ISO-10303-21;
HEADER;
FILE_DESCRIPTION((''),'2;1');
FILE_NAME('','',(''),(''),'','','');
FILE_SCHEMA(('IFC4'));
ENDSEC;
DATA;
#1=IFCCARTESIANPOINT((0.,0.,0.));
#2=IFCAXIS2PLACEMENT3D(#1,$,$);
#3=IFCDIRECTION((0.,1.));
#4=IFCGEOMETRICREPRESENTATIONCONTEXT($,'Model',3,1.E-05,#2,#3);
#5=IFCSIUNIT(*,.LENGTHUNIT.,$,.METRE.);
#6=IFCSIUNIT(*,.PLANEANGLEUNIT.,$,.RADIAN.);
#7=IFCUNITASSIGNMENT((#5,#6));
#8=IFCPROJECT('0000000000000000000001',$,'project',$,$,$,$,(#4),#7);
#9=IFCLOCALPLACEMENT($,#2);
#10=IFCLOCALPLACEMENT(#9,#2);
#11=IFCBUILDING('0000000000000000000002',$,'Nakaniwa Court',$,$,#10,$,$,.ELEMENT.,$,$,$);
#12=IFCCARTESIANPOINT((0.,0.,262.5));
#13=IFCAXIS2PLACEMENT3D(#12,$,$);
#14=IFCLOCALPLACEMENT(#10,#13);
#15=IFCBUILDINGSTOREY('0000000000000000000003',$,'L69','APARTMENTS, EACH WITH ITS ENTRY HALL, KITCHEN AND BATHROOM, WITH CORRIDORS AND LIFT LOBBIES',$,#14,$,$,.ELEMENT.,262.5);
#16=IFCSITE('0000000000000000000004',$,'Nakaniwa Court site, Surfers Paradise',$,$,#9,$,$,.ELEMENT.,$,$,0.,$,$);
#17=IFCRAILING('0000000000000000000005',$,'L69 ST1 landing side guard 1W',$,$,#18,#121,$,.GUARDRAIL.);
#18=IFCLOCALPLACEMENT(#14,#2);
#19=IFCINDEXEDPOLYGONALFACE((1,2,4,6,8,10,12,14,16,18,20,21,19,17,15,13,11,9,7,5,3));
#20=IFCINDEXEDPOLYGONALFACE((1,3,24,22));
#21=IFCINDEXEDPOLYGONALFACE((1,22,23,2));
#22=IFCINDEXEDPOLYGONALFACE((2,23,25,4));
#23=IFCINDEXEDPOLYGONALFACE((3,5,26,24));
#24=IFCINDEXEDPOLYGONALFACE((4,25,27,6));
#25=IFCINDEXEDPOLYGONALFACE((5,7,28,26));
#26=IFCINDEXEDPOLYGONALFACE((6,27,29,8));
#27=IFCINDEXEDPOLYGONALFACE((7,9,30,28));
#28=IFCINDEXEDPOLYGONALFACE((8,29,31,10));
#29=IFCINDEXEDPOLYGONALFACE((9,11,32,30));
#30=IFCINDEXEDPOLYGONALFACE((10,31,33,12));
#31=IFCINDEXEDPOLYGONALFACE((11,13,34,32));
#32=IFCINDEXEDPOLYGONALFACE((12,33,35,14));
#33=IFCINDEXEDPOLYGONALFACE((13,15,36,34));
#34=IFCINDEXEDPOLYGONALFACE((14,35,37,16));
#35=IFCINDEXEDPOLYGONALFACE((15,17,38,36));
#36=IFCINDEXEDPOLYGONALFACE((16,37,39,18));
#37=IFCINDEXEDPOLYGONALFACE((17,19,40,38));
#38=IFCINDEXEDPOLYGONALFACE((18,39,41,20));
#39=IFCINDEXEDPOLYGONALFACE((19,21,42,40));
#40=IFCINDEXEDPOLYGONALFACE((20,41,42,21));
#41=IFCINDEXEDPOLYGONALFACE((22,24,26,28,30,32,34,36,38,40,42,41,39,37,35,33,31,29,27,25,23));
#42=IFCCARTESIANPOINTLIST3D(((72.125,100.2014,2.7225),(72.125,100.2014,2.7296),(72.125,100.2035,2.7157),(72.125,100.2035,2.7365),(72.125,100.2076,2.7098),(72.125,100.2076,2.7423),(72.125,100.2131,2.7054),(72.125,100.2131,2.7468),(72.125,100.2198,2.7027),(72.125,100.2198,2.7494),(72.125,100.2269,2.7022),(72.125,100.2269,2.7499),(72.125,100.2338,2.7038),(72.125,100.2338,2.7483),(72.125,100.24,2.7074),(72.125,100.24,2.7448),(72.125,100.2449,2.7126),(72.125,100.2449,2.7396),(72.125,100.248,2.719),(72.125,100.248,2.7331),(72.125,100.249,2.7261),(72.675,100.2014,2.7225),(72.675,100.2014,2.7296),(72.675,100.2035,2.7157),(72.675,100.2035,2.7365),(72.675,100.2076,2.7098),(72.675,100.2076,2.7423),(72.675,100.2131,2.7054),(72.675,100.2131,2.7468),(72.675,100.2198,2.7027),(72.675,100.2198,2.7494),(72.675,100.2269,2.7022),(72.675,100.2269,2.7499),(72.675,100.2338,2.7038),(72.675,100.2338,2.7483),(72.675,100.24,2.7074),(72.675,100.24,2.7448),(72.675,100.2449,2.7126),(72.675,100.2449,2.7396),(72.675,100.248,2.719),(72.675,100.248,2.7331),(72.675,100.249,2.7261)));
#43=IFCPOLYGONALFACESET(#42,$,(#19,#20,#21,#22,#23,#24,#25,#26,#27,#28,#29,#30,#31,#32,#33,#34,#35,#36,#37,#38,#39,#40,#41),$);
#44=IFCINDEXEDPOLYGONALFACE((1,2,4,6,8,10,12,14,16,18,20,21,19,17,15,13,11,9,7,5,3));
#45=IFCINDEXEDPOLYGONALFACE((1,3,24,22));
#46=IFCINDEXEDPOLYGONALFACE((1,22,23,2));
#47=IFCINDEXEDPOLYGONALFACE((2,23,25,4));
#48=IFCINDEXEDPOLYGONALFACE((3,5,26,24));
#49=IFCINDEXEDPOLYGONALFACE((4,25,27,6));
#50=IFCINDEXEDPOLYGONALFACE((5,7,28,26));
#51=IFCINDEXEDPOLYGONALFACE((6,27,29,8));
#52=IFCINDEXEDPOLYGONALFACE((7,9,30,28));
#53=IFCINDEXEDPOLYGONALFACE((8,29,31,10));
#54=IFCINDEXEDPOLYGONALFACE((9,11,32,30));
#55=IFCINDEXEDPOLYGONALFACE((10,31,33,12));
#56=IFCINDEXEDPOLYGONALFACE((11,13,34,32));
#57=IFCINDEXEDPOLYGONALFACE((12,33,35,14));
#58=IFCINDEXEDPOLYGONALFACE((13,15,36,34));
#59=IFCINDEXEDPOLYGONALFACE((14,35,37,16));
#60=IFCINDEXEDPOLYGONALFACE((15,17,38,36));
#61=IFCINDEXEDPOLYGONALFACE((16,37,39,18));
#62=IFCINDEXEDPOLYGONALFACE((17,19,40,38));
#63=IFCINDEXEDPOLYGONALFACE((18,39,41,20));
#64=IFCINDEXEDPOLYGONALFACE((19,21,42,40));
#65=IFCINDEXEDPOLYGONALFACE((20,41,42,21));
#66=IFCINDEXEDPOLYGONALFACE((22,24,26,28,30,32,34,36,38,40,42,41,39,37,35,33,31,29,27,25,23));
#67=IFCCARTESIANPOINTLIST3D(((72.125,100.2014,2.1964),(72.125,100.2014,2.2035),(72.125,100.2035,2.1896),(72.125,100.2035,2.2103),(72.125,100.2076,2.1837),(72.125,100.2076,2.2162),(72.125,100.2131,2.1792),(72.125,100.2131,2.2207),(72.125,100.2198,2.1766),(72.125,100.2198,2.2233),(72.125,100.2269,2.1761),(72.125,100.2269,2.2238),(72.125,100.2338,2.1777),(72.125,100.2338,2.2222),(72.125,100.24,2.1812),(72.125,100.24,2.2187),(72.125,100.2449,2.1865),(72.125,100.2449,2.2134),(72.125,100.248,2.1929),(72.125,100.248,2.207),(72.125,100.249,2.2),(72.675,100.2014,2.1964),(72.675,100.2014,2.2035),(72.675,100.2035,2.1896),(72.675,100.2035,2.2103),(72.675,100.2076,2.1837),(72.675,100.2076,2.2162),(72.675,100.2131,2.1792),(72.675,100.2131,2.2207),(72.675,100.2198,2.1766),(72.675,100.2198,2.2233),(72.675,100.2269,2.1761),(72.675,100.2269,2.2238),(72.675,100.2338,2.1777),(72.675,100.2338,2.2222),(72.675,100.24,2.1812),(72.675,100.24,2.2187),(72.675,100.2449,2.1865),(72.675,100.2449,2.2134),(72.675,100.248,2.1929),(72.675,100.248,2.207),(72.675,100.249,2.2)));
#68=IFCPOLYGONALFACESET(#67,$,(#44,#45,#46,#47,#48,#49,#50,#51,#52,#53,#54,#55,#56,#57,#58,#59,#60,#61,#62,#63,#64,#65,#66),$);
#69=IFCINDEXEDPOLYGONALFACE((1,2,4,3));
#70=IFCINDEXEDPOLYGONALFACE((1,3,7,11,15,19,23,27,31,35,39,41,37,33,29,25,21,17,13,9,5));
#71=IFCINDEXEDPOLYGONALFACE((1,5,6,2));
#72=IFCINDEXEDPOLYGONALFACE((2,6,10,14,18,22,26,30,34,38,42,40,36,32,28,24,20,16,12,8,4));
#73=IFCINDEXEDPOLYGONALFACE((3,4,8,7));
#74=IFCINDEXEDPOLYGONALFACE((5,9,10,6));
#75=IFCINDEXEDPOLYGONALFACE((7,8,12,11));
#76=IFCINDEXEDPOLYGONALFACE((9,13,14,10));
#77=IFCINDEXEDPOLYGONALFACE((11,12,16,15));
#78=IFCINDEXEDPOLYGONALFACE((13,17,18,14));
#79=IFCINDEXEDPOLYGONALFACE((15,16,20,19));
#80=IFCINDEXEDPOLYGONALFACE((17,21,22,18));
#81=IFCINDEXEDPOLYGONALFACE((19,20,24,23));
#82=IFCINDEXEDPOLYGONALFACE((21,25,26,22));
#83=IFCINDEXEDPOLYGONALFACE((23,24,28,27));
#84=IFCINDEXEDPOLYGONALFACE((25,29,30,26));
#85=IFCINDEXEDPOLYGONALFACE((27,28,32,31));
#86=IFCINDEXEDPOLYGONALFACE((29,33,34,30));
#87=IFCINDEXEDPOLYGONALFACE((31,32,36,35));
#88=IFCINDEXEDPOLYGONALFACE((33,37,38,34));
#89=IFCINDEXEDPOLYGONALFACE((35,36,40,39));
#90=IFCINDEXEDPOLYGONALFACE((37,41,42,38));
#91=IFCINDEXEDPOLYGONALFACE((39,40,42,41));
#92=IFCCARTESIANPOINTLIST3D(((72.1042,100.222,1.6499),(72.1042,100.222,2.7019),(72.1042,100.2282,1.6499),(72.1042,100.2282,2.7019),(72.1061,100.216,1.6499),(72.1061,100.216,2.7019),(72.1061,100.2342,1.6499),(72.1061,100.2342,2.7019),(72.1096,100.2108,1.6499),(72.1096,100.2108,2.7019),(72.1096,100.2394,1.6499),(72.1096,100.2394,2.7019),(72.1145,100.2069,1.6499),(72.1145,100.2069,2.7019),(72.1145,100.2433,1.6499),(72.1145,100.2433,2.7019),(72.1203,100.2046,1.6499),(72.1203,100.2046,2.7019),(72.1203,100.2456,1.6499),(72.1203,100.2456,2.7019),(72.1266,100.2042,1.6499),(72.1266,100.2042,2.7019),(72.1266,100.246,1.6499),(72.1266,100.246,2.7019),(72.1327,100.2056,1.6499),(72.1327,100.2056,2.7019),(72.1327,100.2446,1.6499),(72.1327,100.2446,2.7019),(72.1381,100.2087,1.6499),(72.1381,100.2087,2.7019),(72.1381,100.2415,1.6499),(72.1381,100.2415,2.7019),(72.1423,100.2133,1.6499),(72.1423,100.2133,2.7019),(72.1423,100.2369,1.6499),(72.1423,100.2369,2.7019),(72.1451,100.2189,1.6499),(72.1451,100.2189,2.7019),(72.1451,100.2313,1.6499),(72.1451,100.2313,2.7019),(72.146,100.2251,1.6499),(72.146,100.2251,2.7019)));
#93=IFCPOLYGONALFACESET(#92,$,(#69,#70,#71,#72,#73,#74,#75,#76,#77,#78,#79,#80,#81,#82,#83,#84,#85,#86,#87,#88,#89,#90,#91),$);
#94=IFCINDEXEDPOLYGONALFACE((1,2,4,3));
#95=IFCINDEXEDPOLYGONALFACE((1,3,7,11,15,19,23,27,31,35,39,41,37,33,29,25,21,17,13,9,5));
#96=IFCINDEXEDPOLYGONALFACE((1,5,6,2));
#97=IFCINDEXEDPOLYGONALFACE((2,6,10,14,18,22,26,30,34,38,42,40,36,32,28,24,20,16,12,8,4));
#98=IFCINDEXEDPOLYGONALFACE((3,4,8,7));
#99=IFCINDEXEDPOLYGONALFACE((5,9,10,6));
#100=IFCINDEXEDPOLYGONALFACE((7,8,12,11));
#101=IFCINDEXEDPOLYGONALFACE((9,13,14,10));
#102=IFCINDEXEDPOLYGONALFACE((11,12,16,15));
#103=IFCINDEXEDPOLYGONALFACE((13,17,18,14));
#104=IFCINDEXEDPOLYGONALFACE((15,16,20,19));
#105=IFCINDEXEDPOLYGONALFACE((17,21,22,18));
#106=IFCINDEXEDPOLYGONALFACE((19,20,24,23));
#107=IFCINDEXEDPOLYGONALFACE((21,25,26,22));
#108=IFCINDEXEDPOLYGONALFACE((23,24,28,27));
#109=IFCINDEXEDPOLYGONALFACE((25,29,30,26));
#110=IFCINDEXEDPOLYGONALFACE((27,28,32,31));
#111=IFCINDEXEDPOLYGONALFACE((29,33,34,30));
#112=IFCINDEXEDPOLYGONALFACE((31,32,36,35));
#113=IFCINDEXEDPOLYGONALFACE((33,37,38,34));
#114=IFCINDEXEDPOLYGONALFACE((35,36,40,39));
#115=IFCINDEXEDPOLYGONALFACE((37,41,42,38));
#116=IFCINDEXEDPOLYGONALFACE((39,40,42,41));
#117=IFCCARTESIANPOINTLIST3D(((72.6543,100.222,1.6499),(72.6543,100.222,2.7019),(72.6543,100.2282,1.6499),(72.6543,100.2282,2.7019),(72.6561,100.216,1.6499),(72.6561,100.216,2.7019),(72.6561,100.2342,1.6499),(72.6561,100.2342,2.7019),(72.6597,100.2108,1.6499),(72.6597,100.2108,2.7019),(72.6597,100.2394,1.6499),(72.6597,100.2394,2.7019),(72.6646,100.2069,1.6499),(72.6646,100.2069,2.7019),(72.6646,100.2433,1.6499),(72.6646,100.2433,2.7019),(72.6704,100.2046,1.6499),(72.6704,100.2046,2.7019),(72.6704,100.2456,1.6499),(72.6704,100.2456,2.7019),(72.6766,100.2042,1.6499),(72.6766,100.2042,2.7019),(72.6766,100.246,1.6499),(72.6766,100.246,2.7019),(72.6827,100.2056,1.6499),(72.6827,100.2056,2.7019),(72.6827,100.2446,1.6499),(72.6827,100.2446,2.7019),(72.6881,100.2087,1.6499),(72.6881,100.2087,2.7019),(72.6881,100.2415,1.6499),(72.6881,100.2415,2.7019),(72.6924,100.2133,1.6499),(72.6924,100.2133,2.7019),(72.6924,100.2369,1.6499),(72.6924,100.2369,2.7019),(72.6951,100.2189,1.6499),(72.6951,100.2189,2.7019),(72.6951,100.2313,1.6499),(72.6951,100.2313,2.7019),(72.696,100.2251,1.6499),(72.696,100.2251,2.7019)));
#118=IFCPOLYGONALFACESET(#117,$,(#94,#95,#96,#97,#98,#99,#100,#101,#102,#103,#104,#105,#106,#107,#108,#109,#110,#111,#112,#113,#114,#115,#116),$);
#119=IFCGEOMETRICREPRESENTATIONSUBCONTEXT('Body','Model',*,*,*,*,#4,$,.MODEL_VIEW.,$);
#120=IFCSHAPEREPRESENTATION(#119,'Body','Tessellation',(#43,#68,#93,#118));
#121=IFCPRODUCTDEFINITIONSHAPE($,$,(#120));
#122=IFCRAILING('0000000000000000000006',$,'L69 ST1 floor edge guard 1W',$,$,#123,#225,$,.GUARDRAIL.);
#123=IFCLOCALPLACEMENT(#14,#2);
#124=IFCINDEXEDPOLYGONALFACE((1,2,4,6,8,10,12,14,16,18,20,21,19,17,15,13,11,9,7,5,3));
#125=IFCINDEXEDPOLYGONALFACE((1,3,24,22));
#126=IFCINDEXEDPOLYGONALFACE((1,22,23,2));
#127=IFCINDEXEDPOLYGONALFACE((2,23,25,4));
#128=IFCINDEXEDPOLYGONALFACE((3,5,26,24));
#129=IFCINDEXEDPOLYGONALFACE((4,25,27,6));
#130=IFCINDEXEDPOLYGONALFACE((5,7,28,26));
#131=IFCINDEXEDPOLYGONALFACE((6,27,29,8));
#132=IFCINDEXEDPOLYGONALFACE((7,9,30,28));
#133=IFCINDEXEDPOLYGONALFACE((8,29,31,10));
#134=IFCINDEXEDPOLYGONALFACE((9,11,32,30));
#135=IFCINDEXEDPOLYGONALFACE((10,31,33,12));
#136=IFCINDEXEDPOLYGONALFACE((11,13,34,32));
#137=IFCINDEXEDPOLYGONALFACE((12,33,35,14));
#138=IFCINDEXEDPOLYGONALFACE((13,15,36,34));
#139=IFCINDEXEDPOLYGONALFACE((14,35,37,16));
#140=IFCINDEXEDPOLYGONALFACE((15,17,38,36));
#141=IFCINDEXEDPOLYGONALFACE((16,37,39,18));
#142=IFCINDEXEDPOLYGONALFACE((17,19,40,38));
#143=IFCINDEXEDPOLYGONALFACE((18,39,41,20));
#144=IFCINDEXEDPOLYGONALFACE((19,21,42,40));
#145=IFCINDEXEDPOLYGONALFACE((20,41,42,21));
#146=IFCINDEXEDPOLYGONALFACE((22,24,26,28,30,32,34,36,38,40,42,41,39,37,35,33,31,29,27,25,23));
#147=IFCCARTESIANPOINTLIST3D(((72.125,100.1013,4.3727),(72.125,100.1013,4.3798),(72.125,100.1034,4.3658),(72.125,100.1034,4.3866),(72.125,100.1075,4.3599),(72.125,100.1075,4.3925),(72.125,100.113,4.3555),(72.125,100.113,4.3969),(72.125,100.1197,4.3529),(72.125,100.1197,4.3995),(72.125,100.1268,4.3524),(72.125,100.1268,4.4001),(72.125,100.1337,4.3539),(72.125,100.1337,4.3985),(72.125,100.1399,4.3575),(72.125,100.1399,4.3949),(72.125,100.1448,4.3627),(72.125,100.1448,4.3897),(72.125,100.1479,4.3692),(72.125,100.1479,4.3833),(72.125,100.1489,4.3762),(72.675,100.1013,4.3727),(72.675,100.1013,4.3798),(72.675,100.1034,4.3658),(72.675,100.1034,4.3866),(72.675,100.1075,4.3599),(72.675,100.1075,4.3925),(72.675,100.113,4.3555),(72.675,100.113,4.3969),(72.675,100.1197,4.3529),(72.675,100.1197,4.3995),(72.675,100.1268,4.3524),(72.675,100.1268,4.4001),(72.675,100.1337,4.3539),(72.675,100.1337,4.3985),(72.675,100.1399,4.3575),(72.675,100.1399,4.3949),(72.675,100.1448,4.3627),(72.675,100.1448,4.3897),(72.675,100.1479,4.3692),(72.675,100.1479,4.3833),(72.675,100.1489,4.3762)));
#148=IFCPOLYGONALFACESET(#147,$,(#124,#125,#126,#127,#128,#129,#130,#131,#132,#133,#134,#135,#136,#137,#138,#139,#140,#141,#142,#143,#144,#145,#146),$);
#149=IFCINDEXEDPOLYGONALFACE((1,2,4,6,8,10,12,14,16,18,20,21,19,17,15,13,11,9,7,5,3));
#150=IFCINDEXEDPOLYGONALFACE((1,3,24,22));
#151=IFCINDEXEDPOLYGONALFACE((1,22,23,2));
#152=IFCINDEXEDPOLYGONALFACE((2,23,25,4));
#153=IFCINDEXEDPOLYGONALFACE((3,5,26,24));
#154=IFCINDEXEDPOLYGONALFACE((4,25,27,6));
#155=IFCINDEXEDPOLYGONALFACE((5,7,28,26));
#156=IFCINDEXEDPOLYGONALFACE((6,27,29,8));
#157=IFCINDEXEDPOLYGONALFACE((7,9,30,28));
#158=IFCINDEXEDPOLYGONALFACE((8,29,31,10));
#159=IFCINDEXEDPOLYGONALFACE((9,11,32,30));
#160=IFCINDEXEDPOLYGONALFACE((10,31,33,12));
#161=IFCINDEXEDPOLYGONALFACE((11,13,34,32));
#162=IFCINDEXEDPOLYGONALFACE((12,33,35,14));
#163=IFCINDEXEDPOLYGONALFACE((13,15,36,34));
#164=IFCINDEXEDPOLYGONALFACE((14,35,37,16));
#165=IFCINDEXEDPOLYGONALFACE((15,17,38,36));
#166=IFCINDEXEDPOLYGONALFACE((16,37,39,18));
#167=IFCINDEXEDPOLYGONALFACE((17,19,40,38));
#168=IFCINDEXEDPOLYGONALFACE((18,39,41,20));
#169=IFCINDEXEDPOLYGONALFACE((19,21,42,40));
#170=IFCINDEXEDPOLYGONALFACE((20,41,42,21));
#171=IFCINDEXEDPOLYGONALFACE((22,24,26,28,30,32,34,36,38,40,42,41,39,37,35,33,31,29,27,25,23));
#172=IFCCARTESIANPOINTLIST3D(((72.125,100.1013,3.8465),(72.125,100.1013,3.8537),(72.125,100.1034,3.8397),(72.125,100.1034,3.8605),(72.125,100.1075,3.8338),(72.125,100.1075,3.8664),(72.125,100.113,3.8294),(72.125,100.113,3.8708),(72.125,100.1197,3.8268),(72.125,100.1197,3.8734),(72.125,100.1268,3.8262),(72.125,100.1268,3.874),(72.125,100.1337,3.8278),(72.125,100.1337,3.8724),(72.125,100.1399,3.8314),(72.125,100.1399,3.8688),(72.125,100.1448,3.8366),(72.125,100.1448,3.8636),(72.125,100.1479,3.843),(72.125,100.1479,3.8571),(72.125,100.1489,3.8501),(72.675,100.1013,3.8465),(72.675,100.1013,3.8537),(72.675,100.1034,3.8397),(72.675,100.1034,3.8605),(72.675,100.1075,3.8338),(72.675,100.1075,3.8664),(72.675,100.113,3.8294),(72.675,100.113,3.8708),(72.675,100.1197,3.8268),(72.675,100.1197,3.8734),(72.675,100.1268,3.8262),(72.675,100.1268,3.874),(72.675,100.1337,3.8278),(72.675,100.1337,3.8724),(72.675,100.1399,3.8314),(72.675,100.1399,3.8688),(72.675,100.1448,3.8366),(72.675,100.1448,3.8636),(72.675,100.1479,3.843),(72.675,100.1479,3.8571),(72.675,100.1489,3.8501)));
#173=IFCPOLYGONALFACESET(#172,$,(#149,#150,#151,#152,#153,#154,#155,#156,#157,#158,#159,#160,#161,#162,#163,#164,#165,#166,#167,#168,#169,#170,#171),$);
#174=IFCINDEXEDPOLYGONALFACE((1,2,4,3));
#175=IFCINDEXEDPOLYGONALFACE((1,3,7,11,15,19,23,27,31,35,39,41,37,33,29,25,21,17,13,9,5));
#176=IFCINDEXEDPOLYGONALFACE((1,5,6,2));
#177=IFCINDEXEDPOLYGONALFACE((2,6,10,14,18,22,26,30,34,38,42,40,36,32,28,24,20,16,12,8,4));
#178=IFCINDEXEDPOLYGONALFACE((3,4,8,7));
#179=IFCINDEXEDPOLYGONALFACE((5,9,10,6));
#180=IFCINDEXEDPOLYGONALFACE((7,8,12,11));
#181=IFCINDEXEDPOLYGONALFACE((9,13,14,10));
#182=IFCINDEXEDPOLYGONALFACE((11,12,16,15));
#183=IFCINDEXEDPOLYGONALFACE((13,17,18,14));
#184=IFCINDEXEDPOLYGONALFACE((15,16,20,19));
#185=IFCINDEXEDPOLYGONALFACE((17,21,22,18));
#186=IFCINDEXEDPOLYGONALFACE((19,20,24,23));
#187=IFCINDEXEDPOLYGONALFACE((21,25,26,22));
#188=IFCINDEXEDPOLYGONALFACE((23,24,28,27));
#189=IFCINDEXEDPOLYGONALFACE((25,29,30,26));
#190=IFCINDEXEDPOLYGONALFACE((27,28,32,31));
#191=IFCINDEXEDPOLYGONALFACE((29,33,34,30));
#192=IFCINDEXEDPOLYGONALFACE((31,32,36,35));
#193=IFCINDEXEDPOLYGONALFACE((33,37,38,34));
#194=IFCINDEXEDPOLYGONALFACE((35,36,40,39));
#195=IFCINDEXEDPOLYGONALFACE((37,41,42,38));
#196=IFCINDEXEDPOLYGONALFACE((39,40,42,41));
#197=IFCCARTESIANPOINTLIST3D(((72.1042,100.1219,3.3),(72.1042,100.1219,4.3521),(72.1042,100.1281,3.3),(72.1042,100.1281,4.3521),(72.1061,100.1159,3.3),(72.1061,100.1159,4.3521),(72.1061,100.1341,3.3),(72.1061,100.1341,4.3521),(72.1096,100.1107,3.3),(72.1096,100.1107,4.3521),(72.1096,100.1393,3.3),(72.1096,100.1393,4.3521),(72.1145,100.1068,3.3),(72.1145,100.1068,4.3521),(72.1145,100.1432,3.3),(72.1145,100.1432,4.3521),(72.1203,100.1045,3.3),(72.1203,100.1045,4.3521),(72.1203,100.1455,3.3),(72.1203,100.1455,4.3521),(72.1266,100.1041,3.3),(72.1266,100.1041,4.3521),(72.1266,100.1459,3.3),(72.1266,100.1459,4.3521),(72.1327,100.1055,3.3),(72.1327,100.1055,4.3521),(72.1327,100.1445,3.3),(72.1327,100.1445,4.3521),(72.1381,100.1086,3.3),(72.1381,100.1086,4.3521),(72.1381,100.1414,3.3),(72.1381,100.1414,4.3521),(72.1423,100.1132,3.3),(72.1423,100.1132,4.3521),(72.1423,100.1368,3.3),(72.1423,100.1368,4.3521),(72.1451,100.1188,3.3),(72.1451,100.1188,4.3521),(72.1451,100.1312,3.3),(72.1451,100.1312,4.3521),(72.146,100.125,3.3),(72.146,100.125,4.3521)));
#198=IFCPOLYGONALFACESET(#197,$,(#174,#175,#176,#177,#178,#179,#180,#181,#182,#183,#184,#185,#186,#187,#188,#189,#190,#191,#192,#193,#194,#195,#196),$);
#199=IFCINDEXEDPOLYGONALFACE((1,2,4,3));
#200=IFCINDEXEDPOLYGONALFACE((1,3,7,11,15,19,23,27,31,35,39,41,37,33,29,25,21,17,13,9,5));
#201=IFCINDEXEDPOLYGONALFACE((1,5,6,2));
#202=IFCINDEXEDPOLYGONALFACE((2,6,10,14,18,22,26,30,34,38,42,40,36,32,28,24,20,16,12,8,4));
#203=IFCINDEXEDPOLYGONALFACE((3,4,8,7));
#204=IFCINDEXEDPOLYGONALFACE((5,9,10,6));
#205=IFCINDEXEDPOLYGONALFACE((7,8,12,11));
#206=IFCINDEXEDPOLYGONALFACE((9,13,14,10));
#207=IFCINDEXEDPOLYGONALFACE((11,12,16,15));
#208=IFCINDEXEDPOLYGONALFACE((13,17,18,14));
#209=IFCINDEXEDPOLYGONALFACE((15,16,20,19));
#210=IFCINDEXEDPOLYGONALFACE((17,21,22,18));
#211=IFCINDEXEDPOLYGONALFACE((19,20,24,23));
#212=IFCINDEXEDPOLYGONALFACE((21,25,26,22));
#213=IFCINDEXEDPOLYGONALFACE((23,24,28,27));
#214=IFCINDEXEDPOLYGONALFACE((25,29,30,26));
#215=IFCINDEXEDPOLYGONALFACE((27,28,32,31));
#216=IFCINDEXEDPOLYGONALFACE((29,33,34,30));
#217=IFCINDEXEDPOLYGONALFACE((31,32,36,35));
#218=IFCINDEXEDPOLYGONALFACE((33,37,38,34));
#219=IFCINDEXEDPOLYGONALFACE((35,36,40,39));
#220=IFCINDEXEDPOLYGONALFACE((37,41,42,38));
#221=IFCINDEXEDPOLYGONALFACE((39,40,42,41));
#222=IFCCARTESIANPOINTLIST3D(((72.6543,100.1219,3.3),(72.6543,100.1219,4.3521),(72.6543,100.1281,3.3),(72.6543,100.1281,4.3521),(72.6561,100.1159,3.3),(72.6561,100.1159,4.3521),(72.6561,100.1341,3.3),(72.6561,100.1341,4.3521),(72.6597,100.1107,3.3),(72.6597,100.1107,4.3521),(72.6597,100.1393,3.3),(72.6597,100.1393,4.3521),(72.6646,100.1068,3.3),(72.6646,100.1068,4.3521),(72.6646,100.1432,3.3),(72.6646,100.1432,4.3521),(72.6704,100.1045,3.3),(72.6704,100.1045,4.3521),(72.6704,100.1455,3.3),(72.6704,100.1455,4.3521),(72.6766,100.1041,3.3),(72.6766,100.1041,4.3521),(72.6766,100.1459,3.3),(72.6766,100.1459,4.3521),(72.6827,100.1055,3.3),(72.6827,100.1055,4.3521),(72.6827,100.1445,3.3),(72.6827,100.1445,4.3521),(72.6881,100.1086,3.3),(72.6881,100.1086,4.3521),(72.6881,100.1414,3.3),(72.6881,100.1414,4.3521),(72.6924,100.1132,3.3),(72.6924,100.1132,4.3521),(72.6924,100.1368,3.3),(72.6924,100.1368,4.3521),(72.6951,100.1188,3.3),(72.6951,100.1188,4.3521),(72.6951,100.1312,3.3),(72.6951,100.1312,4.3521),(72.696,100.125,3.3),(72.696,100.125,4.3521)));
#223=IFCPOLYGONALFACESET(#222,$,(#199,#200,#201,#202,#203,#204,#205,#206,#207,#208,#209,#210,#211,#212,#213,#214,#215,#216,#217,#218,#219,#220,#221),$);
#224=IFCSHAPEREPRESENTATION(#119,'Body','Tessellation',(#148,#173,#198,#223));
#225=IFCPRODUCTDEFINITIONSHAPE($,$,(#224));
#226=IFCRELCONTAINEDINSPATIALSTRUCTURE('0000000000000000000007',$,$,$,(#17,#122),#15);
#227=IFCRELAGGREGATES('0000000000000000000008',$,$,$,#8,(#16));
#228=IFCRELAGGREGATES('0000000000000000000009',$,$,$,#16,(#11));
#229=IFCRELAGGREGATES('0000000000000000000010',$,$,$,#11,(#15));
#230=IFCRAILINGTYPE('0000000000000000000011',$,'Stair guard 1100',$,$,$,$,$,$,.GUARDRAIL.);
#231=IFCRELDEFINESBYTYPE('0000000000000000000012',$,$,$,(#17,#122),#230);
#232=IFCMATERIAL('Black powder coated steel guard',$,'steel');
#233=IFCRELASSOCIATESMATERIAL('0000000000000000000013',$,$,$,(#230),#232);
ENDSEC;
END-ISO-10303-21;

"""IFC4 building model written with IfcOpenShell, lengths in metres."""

from ifc_helpers import new_model, si_unit, direction, frame, origin, origin_2d, place, context, subcontext, project, spatial, circle, extrude, material, type_object, element, save


model = new_model("IFC4")

# Units and contexts
model_context = context("Model", 3, precision=1e-05, world=origin(), true_north=direction((0.0, 1.0)))
body_context = subcontext(model_context, "Body", "Model", "MODEL_VIEW")
ifc_project = project(units=[si_unit("LENGTHUNIT", "METRE"), si_unit("PLANEANGLEUNIT", "RADIAN")], contexts=[model_context])

# Site, building, storey
site_placement = place(None, origin())
site = spatial("IfcSite", under=ifc_project, at=site_placement, Name="Nakaniwa Court site, Surfers Paradise", CompositionType="ELEMENT", RefElevation=0.0)
building_placement = place(site_placement, origin())
building = spatial("IfcBuilding", under=site, at=building_placement, Name="Nakaniwa Court", CompositionType="ELEMENT")
storey_placement = place(building_placement, frame((0.0, 0.0, 262.5)))
storey = spatial("IfcBuildingStorey", under=building, at=storey_placement, Name="L69", Description="APARTMENTS, EACH WITH ITS ENTRY HALL, KITCHEN AND BATHROOM, WITH CORRIDORS AND LIFT LOBBIES", CompositionType="ELEMENT", Elevation=262.5)

# Railings
ifc_material_1 = material(Name="Black powder coated steel guard", Category="steel")
railing_type_1 = type_object("IfcRailingType", Name="Stair guard 1100", PredefinedType="GUARDRAIL", material=ifc_material_1)
for number, where, name in (
    (1, (72.125, 100.2251, 1.6499), "L69 ST1 landing side guard 1W"),
    (2, (72.125, 100.125, 3.3), "L69 ST1 floor edge guard 1W"),
):
    element("IfcRailing", number, at=place(storey_placement, frame(where)), inside=storey, type_object=railing_type_1, Name=name, PredefinedType="GUARDRAIL", context=body_context, shape_type="SweptSolid", body=[
        extrude(circle(Radius=0.0239, at=origin_2d()), frame((0.0, 0.0, 1.0762), z_axis=(1.0, 0.0, 0.0), x_axis=(0.0, 1.0, 0.0)), (0.0, 0.0, 1.0), 0.55),
        extrude(circle(Radius=0.0239, at=origin_2d()), frame((0.0, 0.0, 0.55), z_axis=(1.0, 0.0, 0.0), x_axis=(0.0, 1.0, 0.0)), (0.0, 0.0, 1.0), 0.55),
        extrude(circle(Radius=0.021, at=origin_2d()), origin(), (0.0, 0.0, 1.0), 1.052),
        extrude(circle(Radius=0.021, at=origin_2d()), frame((0.55, 0.0, 0.0)), (0.0, 0.0, 1.0), 1.052),
    ])

save(model, "model.ifc")
